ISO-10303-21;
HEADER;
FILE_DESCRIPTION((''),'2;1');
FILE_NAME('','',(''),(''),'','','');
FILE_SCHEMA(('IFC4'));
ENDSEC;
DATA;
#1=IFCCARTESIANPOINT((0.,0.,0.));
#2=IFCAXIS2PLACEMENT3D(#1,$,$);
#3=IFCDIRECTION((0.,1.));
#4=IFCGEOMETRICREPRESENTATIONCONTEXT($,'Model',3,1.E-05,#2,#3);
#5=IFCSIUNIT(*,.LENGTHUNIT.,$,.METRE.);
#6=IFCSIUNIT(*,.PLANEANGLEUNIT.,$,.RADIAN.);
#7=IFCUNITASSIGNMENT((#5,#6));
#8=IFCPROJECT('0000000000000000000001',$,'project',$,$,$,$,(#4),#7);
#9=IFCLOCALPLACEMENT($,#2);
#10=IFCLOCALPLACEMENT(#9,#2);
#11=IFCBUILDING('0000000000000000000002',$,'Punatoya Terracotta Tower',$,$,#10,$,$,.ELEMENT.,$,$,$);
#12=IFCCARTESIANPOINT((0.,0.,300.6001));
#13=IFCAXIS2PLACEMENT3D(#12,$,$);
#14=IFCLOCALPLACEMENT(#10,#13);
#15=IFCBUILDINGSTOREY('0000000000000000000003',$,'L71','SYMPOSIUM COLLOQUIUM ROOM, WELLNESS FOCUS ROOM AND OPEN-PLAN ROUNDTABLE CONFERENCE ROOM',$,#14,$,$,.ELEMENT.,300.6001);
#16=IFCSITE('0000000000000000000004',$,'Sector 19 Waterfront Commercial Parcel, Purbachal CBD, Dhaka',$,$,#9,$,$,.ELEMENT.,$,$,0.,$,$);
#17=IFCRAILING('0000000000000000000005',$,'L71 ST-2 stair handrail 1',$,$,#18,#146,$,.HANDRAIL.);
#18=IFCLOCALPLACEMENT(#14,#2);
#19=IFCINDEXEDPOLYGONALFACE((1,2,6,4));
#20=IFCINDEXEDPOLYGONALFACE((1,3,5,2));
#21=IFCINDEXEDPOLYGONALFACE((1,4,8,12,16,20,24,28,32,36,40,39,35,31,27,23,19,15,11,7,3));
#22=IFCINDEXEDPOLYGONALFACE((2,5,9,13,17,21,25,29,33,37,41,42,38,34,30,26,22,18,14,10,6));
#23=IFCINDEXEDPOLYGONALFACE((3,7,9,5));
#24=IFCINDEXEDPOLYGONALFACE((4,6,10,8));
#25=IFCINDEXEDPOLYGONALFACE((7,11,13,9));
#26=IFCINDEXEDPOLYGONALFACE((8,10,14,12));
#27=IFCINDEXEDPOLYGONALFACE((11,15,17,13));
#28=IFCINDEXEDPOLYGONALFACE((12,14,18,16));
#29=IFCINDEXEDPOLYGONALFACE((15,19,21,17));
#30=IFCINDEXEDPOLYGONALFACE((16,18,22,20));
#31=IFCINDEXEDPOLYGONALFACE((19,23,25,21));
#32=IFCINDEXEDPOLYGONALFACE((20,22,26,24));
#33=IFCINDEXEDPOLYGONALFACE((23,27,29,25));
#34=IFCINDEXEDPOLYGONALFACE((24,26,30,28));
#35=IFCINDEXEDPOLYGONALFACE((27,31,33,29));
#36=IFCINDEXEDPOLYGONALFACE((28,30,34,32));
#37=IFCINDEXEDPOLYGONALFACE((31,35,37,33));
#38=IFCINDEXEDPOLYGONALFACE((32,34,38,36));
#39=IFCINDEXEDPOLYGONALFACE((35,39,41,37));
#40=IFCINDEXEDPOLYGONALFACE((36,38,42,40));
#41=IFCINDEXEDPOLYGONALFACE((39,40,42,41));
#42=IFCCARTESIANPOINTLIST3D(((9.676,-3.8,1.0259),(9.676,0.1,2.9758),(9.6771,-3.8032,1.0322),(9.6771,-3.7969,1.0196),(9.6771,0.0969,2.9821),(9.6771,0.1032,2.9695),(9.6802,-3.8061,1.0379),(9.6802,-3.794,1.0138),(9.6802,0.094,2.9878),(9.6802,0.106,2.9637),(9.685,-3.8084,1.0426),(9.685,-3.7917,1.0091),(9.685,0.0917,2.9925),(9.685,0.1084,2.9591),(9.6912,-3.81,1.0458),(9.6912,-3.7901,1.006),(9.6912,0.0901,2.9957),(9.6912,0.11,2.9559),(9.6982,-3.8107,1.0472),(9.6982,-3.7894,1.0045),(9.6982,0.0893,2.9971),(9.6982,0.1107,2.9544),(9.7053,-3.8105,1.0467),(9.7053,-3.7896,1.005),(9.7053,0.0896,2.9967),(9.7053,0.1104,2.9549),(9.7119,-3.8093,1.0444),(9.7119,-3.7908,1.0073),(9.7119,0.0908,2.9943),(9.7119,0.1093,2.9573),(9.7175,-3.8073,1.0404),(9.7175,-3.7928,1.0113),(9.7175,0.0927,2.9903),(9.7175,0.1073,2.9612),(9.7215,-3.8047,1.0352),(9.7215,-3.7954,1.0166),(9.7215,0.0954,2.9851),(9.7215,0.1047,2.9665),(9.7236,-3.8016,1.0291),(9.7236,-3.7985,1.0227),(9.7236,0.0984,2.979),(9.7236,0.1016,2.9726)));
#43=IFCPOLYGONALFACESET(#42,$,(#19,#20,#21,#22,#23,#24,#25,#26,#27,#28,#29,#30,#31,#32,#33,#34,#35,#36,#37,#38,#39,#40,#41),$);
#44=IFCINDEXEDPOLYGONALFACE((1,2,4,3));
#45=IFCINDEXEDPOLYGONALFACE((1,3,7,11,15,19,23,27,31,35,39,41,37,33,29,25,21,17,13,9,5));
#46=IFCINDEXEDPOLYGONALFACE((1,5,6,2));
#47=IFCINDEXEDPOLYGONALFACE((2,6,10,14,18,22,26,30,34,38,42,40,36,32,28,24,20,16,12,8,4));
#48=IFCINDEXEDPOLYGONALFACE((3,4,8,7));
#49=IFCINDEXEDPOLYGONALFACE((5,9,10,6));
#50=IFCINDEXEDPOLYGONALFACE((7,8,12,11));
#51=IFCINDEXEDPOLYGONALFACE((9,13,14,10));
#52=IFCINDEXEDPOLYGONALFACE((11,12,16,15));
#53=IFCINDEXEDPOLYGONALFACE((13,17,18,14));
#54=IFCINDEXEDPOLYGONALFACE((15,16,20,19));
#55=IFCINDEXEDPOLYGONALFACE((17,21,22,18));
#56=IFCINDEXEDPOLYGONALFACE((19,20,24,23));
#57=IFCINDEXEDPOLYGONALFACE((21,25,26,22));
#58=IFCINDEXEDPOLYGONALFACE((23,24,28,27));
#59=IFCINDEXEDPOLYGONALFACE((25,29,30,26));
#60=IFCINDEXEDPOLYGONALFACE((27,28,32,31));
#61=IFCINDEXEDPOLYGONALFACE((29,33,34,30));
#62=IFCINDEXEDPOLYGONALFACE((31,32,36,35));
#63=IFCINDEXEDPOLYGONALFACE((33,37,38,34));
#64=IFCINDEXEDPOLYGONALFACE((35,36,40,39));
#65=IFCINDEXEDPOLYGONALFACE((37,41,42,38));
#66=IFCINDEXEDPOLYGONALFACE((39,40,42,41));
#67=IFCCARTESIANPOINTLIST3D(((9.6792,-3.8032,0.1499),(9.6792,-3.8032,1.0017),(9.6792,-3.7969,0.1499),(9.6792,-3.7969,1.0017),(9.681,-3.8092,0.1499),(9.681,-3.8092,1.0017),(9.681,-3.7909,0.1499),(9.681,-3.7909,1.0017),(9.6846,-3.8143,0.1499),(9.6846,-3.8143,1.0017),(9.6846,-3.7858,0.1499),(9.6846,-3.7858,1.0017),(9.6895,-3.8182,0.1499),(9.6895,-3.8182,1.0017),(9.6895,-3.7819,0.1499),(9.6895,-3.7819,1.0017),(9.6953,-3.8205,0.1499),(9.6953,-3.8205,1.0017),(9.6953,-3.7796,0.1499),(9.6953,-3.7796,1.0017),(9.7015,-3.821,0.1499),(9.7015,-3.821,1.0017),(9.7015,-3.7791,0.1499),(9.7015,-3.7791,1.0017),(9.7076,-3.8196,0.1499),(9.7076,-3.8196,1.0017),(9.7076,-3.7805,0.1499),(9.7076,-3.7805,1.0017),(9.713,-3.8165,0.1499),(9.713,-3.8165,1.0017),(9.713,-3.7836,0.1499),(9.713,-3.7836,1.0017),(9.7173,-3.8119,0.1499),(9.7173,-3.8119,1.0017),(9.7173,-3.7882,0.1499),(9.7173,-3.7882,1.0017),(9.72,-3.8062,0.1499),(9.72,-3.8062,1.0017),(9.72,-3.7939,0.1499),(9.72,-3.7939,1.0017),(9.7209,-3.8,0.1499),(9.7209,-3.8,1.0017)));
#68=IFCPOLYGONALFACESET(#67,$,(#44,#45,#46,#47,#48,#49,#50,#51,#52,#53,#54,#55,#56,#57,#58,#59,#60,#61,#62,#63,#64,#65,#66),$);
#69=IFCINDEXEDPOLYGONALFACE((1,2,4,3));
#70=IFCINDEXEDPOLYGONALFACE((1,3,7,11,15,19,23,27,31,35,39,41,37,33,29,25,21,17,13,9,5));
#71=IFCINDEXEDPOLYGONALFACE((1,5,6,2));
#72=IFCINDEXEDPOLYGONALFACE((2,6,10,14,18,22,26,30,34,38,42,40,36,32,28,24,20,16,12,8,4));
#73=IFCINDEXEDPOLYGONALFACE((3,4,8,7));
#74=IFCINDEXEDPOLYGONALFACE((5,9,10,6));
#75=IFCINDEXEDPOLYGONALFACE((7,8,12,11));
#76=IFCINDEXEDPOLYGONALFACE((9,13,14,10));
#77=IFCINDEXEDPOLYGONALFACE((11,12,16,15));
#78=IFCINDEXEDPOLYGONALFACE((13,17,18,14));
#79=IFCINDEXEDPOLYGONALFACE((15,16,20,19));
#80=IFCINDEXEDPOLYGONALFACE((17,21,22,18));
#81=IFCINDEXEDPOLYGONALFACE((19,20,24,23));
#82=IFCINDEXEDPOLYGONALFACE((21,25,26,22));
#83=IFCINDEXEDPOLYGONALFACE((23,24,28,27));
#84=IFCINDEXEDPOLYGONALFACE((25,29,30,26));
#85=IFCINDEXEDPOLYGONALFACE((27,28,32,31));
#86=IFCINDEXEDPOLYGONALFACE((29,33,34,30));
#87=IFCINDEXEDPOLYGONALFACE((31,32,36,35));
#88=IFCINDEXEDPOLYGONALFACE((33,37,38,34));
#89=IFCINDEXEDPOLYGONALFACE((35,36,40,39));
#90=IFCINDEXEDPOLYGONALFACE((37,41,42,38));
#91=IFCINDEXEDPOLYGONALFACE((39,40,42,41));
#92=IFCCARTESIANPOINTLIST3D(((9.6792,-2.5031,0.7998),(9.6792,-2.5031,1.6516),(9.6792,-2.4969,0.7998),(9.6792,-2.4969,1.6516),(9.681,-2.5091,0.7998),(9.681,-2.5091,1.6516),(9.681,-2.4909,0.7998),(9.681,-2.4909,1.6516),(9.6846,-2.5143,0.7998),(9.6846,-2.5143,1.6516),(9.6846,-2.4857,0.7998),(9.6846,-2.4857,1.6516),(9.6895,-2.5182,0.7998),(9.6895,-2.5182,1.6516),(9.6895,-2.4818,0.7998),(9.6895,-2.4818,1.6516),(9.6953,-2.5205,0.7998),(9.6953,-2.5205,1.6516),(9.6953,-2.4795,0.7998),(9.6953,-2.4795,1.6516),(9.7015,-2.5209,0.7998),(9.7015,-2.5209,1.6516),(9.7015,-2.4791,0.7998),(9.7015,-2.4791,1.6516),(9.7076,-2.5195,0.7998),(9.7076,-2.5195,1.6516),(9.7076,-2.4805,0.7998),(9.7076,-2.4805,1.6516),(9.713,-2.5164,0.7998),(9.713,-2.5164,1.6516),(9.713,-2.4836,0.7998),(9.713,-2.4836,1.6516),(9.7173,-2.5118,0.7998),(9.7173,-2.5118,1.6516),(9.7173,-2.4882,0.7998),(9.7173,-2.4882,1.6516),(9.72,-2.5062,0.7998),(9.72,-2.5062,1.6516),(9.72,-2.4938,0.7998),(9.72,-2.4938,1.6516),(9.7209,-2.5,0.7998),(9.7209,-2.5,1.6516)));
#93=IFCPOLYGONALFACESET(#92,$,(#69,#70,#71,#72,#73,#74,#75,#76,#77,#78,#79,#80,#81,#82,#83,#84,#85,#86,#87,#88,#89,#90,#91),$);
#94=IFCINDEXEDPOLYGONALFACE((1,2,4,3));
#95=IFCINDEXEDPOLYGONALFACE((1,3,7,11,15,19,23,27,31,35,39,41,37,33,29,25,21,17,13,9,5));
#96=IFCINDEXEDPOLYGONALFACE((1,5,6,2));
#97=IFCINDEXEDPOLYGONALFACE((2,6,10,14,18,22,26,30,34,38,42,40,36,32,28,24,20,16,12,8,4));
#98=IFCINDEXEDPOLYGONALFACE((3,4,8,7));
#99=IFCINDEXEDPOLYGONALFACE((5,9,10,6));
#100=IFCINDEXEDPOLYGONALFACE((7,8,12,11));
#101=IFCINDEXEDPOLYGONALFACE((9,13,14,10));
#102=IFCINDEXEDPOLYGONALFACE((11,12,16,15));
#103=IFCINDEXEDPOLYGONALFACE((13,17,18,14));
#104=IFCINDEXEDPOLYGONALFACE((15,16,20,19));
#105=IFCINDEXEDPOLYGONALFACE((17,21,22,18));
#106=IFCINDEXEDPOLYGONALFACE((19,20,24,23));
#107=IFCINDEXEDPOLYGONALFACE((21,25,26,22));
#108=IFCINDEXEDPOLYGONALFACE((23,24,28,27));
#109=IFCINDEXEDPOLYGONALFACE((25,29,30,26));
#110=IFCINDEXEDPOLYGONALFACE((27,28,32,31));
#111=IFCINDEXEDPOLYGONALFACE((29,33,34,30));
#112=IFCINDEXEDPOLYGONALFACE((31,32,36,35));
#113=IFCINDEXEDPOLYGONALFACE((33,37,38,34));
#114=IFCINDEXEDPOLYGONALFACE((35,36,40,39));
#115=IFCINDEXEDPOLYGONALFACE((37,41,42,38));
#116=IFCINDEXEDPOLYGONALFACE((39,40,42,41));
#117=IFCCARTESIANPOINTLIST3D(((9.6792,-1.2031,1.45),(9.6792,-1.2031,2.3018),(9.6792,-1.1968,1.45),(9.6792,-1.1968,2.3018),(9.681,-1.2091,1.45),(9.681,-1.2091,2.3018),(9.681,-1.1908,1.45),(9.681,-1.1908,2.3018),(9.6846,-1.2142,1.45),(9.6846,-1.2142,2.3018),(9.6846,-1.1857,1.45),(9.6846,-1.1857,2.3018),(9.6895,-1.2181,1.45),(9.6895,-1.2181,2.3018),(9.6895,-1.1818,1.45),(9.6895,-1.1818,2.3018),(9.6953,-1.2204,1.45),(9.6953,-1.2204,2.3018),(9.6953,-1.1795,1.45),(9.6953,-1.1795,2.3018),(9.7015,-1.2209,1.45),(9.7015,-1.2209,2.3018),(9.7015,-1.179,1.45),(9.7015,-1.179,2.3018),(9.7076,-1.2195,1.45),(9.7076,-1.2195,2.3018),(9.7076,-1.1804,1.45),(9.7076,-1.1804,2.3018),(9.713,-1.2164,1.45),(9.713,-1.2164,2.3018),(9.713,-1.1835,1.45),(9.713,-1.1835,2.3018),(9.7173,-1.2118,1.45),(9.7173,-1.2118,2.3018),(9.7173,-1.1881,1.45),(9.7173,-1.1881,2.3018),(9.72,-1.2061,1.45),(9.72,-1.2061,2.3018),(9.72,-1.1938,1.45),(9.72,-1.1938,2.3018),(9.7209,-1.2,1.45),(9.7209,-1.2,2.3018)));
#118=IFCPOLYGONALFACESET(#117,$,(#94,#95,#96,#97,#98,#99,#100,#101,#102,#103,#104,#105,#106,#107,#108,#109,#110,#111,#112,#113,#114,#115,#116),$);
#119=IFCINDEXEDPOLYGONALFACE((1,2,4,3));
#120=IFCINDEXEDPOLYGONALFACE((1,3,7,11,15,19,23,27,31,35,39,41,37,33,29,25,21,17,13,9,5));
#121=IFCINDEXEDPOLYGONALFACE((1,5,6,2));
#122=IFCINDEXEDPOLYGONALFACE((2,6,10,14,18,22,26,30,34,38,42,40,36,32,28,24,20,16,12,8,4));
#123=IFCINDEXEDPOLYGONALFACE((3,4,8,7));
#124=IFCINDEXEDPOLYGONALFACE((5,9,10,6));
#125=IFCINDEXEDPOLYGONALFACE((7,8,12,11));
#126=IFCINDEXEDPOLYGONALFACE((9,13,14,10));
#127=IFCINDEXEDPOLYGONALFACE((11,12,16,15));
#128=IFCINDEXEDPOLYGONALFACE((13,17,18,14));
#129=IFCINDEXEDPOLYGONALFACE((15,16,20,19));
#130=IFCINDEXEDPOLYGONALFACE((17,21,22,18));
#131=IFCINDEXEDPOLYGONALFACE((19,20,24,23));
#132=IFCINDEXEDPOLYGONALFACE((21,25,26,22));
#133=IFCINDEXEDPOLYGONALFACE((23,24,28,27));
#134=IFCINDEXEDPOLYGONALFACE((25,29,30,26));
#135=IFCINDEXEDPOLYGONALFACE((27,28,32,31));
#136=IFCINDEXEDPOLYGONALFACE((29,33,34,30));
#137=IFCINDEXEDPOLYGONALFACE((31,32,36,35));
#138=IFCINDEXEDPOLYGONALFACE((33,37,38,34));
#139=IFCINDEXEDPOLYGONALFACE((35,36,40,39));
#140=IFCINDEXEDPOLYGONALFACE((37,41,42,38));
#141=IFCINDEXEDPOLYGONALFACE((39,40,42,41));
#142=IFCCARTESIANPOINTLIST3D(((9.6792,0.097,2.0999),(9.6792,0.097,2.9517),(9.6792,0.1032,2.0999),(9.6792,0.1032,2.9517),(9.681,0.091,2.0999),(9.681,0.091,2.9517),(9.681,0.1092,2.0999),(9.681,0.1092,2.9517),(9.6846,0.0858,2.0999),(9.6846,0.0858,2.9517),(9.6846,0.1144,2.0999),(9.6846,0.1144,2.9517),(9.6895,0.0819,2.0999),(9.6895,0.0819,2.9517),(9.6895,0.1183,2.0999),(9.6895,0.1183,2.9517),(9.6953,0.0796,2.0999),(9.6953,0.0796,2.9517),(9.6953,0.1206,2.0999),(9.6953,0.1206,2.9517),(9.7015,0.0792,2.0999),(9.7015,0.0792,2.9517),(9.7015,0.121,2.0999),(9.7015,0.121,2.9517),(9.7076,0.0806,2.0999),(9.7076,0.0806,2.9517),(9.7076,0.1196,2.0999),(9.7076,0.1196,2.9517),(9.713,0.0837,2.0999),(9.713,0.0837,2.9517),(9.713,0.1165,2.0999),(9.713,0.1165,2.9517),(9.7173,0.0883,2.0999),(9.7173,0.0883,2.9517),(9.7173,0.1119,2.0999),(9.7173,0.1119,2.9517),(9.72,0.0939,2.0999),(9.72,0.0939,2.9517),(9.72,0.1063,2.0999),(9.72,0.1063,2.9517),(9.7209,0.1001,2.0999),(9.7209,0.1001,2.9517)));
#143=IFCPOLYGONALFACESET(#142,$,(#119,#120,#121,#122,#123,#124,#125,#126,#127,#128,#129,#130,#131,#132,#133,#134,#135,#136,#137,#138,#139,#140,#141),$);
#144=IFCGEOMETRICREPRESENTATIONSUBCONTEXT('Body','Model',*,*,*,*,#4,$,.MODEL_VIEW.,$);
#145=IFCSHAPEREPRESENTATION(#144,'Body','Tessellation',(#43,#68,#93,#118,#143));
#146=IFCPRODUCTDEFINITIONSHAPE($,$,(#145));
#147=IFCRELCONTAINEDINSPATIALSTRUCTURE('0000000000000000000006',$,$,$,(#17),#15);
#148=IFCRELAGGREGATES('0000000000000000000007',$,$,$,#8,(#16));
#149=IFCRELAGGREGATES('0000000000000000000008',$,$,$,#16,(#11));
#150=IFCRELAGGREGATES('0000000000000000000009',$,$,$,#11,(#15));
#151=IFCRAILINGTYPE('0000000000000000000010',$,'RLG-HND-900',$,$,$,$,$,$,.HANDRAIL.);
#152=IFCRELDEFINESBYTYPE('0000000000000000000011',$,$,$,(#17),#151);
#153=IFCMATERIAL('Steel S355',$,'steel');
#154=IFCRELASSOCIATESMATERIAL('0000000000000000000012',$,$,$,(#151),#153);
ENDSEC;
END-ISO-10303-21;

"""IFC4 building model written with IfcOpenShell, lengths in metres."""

from ifc_helpers import new_model, si_unit, direction, frame, origin, origin_2d, place, context, subcontext, project, spatial, circle, extrude, material, type_object, element, save


model = new_model("IFC4")

# Units and contexts
model_context = context("Model", 3, precision=1e-05, world=origin(), true_north=direction((0.0, 1.0)))
body_context = subcontext(model_context, "Body", "Model", "MODEL_VIEW")
ifc_project = project(units=[si_unit("LENGTHUNIT", "METRE"), si_unit("PLANEANGLEUNIT", "RADIAN")], contexts=[model_context])

# Site, building, storey
site_placement = place(None, origin())
site = spatial("IfcSite", under=ifc_project, at=site_placement, Name="Sector 19 Waterfront Commercial Parcel, Purbachal CBD, Dhaka", CompositionType="ELEMENT", RefElevation=0.0)
building_placement = place(site_placement, origin())
building = spatial("IfcBuilding", under=site, at=building_placement, Name="Punatoya Terracotta Tower", CompositionType="ELEMENT")
storey_placement = place(building_placement, frame((0.0, 0.0, 300.6001)))
storey = spatial("IfcBuildingStorey", under=building, at=storey_placement, Name="L71", Description="SYMPOSIUM COLLOQUIUM ROOM, WELLNESS FOCUS ROOM AND OPEN-PLAN ROUNDTABLE CONFERENCE ROOM", CompositionType="ELEMENT", Elevation=300.6001)

# Shared definitions
ifc_material_1 = material(Name="Steel S355", Category="steel")

# Railing
railing_type_1 = type_object("IfcRailingType", Name="RLG-HND-900", PredefinedType="HANDRAIL", material=ifc_material_1)
railing_1_placement = place(storey_placement, frame((9.7, -3.8, 0.1499)))
element("IfcRailing", 1, at=railing_1_placement, inside=storey, type_object=railing_type_1, Name="L71 ST-2 stair handrail 1", PredefinedType="HANDRAIL", context=body_context, shape_type="SweptSolid", body=[
    extrude(circle(Radius=0.0239, at=origin_2d()), frame((0.0, 0.0, 0.876), z_axis=(0.0, 0.894438, 0.447191), x_axis=(-1.0, 0.0, 0.0)), (0.0, 0.0, 1.0), 4.3604),
    extrude(circle(Radius=0.021, at=origin_2d()), origin(), (0.0, 0.0, 1.0), 0.8518),
    extrude(circle(Radius=0.021, at=origin_2d()), frame((0.0, 1.3, 0.6499)), (0.0, 0.0, 1.0), 0.8518),
    extrude(circle(Radius=0.021, at=origin_2d()), frame((0.0, 2.6001, 1.3)), (0.0, 0.0, 1.0), 0.8518),
    extrude(circle(Radius=0.021, at=origin_2d()), frame((0.0, 3.9001, 1.95)), (0.0, 0.0, 1.0), 0.8518),
])

save(model, "model.ifc")
